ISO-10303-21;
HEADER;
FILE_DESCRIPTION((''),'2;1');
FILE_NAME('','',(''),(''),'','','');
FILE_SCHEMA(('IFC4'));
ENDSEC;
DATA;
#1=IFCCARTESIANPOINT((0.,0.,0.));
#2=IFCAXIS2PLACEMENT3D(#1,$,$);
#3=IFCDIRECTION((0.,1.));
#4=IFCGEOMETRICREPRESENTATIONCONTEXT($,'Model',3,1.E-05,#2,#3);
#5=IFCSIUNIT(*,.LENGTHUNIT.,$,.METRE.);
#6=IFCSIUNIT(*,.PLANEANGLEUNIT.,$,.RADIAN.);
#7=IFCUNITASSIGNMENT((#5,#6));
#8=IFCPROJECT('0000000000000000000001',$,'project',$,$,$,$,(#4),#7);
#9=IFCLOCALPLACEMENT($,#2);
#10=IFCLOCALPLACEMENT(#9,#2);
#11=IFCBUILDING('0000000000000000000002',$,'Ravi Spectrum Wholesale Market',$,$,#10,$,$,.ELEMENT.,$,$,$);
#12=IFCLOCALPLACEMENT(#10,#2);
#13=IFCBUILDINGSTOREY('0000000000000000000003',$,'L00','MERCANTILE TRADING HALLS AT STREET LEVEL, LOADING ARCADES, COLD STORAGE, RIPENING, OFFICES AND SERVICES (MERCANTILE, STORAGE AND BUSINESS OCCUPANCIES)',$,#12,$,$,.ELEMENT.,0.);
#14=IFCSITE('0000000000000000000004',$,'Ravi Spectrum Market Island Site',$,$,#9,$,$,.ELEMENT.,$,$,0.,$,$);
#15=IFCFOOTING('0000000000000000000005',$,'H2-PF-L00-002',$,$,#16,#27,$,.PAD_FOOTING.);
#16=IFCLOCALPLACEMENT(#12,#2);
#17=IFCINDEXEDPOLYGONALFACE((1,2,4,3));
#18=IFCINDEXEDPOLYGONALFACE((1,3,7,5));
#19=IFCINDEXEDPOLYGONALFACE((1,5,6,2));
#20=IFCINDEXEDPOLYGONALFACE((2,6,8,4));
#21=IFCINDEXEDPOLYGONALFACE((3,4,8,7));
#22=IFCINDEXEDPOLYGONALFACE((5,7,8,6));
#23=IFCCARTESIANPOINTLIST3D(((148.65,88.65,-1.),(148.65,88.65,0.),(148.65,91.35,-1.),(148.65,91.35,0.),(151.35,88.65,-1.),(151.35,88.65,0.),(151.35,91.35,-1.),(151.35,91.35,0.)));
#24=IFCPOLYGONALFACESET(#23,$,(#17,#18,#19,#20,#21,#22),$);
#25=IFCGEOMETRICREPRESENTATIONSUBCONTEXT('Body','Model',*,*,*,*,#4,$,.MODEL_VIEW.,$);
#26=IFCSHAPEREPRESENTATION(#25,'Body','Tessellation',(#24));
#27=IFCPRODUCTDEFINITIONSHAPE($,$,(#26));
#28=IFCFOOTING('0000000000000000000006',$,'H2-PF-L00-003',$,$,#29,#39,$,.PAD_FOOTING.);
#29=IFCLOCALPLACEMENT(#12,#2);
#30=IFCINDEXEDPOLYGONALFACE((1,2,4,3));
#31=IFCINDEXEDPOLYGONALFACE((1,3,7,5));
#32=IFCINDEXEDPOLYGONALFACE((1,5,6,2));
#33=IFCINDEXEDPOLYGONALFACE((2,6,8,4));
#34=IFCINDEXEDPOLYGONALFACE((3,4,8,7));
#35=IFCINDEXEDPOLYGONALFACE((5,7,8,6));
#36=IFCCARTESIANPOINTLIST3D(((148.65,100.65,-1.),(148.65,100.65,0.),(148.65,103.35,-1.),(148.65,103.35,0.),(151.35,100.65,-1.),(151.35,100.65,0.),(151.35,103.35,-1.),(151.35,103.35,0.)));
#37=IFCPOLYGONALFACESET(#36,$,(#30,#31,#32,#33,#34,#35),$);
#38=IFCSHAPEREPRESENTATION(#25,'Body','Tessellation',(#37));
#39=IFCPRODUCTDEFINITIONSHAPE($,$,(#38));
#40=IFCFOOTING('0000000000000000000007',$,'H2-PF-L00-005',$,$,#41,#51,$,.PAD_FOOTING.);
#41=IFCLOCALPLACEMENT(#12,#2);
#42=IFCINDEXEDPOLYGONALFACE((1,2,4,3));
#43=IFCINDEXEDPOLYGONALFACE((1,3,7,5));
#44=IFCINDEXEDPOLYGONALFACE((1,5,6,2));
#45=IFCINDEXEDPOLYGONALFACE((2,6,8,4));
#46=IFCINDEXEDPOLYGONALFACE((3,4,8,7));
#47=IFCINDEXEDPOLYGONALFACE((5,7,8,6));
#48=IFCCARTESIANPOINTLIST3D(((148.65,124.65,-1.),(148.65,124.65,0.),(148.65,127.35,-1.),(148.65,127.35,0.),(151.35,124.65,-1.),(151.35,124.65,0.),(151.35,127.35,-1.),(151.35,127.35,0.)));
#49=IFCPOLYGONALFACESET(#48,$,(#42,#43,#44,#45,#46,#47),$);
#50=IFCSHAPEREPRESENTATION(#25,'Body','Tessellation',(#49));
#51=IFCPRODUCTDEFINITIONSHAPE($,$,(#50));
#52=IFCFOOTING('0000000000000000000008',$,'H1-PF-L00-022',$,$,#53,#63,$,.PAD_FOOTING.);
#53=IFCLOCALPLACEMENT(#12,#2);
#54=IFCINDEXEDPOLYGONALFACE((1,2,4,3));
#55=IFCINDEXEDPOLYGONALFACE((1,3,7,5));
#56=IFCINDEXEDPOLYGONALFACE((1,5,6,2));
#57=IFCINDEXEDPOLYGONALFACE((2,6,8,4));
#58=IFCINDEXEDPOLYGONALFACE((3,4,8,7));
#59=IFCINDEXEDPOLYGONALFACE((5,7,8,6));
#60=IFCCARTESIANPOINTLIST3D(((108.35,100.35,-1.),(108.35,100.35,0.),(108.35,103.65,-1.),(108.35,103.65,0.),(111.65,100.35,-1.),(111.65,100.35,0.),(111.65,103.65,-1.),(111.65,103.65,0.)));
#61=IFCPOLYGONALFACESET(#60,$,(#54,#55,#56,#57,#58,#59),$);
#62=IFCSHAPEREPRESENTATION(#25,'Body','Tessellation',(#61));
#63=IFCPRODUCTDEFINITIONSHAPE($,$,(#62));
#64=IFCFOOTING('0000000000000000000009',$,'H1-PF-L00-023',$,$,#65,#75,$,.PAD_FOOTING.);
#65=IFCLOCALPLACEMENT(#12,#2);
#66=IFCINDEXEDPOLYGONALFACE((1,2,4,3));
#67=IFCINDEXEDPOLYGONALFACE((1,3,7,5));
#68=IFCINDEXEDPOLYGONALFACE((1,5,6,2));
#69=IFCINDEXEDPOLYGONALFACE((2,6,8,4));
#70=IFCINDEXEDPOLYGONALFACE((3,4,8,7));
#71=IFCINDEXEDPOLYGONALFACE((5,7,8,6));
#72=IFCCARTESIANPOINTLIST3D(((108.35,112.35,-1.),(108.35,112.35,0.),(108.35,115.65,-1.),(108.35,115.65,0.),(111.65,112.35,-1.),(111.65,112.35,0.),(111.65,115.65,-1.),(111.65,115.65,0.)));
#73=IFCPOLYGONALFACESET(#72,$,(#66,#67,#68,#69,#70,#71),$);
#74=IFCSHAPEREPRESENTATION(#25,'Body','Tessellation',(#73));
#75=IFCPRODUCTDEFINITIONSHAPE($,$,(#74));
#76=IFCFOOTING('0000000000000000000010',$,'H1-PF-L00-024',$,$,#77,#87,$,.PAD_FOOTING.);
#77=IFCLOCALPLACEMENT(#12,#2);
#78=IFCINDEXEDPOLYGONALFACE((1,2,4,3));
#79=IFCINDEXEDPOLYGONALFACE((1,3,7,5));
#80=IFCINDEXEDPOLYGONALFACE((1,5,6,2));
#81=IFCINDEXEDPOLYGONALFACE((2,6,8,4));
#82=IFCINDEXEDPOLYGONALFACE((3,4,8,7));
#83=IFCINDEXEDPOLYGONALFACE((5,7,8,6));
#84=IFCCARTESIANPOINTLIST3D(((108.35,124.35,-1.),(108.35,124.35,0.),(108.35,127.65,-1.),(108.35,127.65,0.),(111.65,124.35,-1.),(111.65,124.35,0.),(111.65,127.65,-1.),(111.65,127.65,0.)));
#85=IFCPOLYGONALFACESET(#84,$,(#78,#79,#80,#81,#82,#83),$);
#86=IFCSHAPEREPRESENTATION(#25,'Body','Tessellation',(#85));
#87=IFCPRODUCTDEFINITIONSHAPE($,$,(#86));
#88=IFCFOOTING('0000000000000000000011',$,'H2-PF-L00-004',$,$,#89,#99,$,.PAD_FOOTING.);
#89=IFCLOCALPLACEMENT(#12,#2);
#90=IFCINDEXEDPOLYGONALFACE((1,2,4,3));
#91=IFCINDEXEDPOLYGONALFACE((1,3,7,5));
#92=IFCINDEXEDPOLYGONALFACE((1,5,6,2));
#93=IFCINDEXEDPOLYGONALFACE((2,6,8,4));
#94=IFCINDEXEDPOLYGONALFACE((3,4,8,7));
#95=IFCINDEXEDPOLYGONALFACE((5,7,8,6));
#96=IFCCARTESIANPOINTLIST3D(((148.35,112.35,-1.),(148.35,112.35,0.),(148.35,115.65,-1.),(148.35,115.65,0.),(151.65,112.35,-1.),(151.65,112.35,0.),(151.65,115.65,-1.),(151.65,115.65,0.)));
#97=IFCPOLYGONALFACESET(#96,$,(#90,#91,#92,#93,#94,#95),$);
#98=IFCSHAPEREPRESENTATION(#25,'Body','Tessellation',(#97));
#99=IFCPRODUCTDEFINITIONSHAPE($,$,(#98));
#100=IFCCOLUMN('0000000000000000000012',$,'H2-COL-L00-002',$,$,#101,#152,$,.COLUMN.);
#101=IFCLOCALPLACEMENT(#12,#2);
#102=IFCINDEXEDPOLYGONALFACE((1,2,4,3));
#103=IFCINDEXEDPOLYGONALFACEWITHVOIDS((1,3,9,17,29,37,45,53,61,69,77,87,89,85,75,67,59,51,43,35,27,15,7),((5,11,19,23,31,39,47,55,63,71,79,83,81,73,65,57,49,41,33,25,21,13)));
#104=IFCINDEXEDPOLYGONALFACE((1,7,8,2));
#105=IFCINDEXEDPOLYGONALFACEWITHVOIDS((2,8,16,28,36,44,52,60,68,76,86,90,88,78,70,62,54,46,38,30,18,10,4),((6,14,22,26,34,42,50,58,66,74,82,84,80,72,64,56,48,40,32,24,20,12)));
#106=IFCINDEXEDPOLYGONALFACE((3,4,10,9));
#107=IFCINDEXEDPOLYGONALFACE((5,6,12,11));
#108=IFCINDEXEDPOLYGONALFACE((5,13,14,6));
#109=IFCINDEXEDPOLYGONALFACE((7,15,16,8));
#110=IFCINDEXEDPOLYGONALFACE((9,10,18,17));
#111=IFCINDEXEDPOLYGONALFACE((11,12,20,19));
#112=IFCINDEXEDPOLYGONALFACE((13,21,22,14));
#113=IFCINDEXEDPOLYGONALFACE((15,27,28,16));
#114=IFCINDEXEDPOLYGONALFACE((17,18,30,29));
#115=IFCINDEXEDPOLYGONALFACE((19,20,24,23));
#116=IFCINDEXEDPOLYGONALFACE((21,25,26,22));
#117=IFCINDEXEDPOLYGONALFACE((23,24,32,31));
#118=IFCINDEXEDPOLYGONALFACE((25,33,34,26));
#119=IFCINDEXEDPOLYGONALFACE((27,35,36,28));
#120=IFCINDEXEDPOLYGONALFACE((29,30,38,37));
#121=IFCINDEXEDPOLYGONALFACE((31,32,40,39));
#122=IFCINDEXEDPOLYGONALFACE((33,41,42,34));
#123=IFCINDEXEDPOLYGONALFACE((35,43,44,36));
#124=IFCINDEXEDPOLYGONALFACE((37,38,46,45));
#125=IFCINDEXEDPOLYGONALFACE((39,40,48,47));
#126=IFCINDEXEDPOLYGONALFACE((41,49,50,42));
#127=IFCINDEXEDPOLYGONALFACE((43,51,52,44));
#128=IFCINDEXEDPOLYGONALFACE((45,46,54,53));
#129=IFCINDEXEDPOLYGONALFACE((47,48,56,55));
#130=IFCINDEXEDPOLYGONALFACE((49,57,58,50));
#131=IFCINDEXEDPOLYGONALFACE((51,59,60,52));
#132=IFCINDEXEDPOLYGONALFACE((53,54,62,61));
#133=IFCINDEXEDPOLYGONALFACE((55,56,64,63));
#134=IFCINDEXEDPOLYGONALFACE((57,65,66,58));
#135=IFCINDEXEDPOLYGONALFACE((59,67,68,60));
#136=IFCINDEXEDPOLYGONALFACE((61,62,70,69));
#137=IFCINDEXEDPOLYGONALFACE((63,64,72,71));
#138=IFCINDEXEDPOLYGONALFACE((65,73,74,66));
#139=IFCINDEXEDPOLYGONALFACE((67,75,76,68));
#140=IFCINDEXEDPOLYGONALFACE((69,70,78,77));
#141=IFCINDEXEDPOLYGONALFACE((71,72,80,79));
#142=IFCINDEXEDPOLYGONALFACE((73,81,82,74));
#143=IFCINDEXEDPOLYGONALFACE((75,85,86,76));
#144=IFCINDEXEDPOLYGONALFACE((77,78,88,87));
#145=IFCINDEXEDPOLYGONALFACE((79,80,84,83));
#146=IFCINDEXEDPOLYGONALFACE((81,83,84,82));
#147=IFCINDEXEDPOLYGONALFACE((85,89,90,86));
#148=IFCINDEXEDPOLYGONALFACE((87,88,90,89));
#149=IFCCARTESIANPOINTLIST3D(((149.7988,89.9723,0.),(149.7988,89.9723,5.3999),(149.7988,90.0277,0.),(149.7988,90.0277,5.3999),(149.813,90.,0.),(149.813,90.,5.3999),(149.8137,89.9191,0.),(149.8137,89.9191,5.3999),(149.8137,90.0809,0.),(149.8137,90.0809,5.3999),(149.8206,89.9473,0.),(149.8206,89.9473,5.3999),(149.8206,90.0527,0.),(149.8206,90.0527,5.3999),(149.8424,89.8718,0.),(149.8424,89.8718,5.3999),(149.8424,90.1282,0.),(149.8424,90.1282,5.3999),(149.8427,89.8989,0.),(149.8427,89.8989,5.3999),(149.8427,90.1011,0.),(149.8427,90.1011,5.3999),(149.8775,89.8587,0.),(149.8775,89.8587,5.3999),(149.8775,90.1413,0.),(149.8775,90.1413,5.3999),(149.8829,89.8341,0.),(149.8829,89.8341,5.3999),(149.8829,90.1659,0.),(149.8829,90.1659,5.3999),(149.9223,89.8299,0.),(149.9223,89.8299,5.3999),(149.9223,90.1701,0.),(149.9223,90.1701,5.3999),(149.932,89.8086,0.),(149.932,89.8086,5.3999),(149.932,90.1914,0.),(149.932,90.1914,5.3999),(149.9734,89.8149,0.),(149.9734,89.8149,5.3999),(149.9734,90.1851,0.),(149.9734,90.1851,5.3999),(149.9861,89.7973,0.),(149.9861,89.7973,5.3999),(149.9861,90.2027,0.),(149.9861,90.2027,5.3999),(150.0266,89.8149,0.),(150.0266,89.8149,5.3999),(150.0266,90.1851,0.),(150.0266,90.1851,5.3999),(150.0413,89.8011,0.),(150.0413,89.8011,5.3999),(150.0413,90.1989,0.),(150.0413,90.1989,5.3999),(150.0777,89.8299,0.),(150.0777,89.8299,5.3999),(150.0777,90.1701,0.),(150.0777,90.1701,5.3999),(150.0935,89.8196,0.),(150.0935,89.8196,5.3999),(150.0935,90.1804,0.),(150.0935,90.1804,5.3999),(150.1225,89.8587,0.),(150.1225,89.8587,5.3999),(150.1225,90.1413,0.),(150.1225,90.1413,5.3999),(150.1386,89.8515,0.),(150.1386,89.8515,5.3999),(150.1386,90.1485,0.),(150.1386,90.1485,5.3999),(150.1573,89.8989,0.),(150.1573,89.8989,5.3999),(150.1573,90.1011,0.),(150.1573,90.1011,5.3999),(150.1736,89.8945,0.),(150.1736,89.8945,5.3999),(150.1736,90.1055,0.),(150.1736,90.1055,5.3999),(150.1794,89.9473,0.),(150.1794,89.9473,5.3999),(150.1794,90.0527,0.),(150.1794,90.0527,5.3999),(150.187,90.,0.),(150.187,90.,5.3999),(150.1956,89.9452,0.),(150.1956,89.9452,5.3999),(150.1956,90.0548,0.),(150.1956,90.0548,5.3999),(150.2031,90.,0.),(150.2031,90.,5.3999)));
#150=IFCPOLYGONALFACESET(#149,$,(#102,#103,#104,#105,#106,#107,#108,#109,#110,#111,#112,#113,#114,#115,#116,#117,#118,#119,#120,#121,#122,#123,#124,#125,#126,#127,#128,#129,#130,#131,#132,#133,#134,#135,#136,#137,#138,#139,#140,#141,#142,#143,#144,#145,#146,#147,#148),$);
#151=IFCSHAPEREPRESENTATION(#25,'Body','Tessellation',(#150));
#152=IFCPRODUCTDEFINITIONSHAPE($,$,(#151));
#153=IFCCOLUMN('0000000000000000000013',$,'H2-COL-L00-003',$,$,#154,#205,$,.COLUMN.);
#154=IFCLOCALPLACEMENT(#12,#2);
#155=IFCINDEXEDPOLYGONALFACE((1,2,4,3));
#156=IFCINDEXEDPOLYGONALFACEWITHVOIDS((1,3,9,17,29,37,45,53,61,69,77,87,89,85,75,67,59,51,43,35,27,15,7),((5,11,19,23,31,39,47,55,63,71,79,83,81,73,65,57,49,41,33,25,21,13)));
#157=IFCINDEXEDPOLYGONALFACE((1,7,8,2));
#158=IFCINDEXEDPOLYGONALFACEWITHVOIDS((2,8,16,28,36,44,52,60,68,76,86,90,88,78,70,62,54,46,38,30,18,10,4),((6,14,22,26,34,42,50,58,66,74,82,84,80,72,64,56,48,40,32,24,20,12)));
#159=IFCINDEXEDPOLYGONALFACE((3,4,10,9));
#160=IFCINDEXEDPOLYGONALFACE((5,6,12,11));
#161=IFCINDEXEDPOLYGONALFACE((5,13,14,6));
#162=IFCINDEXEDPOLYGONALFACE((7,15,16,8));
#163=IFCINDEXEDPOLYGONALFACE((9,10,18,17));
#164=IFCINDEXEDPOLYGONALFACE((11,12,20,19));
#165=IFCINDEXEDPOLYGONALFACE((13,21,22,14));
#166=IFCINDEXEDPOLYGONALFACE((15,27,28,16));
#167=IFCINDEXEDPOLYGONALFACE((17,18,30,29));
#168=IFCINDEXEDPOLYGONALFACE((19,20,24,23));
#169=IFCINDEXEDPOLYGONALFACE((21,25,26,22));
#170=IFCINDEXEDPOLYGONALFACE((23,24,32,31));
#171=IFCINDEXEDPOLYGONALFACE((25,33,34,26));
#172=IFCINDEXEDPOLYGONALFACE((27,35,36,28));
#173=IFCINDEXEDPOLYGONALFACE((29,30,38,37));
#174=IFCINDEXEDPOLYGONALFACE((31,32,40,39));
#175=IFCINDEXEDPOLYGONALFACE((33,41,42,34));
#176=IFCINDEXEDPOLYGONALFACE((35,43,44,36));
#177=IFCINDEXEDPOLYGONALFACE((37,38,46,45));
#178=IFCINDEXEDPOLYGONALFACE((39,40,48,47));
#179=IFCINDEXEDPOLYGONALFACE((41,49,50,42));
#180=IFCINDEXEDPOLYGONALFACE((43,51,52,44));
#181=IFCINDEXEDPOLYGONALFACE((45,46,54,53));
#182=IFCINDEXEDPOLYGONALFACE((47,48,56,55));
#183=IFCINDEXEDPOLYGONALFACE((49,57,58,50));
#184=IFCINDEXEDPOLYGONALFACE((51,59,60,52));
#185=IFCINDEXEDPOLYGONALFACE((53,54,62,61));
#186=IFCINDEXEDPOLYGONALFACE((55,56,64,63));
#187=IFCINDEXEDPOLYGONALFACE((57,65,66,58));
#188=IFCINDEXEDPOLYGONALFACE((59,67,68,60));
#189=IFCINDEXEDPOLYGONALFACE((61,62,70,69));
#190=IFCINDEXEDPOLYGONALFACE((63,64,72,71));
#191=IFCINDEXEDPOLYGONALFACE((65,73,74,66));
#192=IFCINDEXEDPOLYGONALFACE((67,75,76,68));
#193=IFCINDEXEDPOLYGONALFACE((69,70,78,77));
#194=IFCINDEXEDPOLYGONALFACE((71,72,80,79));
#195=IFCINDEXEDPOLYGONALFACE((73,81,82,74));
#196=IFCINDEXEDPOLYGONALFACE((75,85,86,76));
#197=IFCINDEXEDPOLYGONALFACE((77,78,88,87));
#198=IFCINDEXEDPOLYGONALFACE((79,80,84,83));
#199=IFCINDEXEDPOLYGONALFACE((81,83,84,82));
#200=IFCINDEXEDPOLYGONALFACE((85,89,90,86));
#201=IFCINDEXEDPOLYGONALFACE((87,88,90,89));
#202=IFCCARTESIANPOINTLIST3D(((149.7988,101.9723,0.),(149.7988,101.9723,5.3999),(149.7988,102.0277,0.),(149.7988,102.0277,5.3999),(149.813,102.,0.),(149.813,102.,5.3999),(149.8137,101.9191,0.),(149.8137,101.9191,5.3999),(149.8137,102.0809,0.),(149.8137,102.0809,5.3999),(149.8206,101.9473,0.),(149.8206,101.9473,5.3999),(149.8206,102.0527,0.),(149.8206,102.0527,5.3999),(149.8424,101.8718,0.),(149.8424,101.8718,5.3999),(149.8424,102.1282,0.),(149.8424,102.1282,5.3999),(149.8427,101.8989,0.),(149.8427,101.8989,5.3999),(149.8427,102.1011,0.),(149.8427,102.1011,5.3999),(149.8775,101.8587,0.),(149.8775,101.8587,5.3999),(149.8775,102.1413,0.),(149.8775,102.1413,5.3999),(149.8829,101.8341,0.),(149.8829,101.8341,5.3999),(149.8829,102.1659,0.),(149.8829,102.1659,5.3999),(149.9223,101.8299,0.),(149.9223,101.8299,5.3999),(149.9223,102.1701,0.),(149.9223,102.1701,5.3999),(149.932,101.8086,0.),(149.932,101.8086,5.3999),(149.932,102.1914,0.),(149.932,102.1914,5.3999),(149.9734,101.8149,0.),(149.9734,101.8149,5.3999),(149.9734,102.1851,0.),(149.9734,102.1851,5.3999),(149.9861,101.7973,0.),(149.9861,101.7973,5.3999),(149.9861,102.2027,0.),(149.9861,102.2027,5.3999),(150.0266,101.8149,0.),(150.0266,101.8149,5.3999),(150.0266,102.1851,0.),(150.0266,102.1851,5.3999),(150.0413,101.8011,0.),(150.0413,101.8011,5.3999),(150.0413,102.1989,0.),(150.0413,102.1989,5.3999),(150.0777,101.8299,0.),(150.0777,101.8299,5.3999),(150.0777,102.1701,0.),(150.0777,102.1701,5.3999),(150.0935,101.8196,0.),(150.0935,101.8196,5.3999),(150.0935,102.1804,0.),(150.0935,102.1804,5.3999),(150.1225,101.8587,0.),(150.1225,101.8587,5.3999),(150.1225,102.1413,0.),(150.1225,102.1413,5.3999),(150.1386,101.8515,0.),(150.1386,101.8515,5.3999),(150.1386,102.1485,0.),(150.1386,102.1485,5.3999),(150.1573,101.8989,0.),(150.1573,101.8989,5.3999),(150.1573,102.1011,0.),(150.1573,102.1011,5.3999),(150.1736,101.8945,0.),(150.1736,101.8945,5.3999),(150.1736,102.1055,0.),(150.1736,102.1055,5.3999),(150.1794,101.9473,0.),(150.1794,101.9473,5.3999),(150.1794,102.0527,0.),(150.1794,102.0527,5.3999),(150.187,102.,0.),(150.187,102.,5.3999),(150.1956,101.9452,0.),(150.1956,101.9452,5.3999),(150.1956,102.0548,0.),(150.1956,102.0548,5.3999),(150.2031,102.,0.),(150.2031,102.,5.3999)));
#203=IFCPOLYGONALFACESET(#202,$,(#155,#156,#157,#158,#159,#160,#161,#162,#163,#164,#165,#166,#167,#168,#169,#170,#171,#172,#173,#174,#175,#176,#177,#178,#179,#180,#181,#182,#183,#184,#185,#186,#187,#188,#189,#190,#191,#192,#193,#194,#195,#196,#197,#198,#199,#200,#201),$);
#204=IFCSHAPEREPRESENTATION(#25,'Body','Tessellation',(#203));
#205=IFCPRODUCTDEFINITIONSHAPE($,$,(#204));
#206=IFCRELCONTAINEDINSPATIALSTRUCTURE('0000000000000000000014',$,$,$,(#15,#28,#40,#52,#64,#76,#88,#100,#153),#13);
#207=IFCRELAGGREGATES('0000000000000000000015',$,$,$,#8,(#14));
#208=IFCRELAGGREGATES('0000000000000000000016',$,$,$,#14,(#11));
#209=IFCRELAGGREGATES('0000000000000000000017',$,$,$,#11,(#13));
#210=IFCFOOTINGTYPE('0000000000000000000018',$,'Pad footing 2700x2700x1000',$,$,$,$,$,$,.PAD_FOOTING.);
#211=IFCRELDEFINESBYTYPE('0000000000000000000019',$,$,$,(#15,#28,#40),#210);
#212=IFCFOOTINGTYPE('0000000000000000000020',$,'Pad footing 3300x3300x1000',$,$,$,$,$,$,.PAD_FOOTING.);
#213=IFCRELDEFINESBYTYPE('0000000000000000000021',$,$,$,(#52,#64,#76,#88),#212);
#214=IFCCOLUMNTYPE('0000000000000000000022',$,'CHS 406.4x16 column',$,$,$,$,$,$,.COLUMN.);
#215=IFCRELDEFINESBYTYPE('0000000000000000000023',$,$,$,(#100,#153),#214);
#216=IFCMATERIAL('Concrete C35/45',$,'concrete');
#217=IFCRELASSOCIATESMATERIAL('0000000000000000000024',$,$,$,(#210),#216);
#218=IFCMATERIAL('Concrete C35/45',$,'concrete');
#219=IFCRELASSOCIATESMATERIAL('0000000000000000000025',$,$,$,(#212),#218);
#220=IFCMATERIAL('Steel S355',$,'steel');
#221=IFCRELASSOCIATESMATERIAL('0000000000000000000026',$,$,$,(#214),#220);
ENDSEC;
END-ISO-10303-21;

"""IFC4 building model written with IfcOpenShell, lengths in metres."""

from ifc_helpers import new_model, si_unit, direction, frame, origin, origin_2d, place, context, subcontext, project, spatial, rectangle, hollow_circle, extrude, material, material_profile, profile_set, type_object, element, save


model = new_model("IFC4")

# Units and contexts
model_context = context("Model", 3, precision=1e-05, world=origin(), true_north=direction((0.0, 1.0)))
body_context = subcontext(model_context, "Body", "Model", "MODEL_VIEW")
ifc_project = project(units=[si_unit("LENGTHUNIT", "METRE"), si_unit("PLANEANGLEUNIT", "RADIAN")], contexts=[model_context])

# Site, building, storey
site_placement = place(None, origin())
site = spatial("IfcSite", under=ifc_project, at=site_placement, Name="Ravi Spectrum Market Island Site", CompositionType="ELEMENT", RefElevation=0.0)
building_placement = place(site_placement, origin())
building = spatial("IfcBuilding", under=site, at=building_placement, Name="Ravi Spectrum Wholesale Market", CompositionType="ELEMENT")
storey_placement = place(building_placement, origin())
storey = spatial("IfcBuildingStorey", under=building, at=storey_placement, Name="L00", Description="MERCANTILE TRADING HALLS AT STREET LEVEL, LOADING ARCADES, COLD STORAGE, RIPENING, OFFICES AND SERVICES (MERCANTILE, STORAGE AND BUSINESS OCCUPANCIES)", CompositionType="ELEMENT", Elevation=0.0)

# Footings
ifc_material_1 = material(Name="Concrete C35/45", Category="concrete")
footing_type_1 = type_object("IfcFootingType", Name="Pad footing 2700x2700x1000", PredefinedType="PAD_FOOTING", material=ifc_material_1)
for number, where, z_axis, x_axis, name in (
    (1, (150.0, 90.0, -1.0), (0.0, 0.0, 1.0), (1.0, 0.0, 0.0), "H2-PF-L00-002"),
    (2, (150.0, 102.0, -1.0), (0.0, 0.0, 1.0), (1.0, 0.0, 0.0), "H2-PF-L00-003"),
    (3, (150.0, 126.0, -1.0), (0.0, 0.0, 1.0), (1.0, 0.0, 0.0), "H2-PF-L00-005"),
):
    element("IfcFooting", number, at=place(storey_placement, frame(where, z_axis=z_axis, x_axis=x_axis)), inside=storey, type_object=footing_type_1, Name=name, PredefinedType="PAD_FOOTING", context=body_context, shape_type="SweptSolid", body=[
        extrude(rectangle(XDim=2.7, YDim=2.7, at=origin_2d()), origin(), (0.0, 0.0, 1.0), 1.0),
    ])
ifc_material_2 = material(Name="Concrete C35/45", Category="concrete")
footing_type_2 = type_object("IfcFootingType", Name="Pad footing 3300x3300x1000", PredefinedType="PAD_FOOTING", material=ifc_material_2)
for number, where, z_axis, x_axis, name in (
    (4, (110.0, 102.0, -1.0), (0.0, 0.0, 1.0), (1.0, 0.0, 0.0), "H1-PF-L00-022"),
    (5, (110.0, 114.0, -1.0), (0.0, 0.0, 1.0), (1.0, 0.0, 0.0), "H1-PF-L00-023"),
    (6, (110.0, 126.0, -1.0), (0.0, 0.0, 1.0), (1.0, 0.0, 0.0), "H1-PF-L00-024"),
    (7, (150.0, 114.0, -1.0), (0.0, 0.0, 1.0), (1.0, 0.0, 0.0), "H2-PF-L00-004"),
):
    element("IfcFooting", number, at=place(storey_placement, frame(where, z_axis=z_axis, x_axis=x_axis)), inside=storey, type_object=footing_type_2, Name=name, PredefinedType="PAD_FOOTING", context=body_context, shape_type="SweptSolid", body=[
        extrude(rectangle(XDim=3.3, YDim=3.3, at=origin_2d()), origin(), (0.0, 0.0, 1.0), 1.0),
    ])

# Columns
ifc_material_3 = material(Name="Steel S355", Category="steel")
ifc_material_profile_1 = material_profile(ifc_material_3, hollow_circle(Radius=0.2031, WallThickness=0.0161, at=origin_2d()))
ifc_profile_set_1 = profile_set([ifc_material_profile_1], Name="Steel S355")
column_type_1 = type_object("IfcColumnType", Name="CHS 406.4x16 column", PredefinedType="COLUMN", material=ifc_profile_set_1)
for number, where, z_axis, x_axis, name in (
    (8, (150.0, 90.0, 0.0), (0.0, 0.0, 1.0), (1.0, 0.0, 0.0), "H2-COL-L00-002"),
    (9, (150.0, 102.0, 0.0), (0.0, 0.0, 1.0), (1.0, 0.0, 0.0), "H2-COL-L00-003"),
):
    element("IfcColumn", number, at=place(storey_placement, frame(where, z_axis=z_axis, x_axis=x_axis)), inside=storey, type_object=column_type_1, Name=name, PredefinedType="COLUMN", context=body_context, shape_type="SweptSolid", body=[
        extrude(hollow_circle(Radius=0.2031, WallThickness=0.0161, at=origin_2d()), origin(), (0.0, 0.0, 1.0), 5.3999),
    ])

save(model, "model.ifc")
